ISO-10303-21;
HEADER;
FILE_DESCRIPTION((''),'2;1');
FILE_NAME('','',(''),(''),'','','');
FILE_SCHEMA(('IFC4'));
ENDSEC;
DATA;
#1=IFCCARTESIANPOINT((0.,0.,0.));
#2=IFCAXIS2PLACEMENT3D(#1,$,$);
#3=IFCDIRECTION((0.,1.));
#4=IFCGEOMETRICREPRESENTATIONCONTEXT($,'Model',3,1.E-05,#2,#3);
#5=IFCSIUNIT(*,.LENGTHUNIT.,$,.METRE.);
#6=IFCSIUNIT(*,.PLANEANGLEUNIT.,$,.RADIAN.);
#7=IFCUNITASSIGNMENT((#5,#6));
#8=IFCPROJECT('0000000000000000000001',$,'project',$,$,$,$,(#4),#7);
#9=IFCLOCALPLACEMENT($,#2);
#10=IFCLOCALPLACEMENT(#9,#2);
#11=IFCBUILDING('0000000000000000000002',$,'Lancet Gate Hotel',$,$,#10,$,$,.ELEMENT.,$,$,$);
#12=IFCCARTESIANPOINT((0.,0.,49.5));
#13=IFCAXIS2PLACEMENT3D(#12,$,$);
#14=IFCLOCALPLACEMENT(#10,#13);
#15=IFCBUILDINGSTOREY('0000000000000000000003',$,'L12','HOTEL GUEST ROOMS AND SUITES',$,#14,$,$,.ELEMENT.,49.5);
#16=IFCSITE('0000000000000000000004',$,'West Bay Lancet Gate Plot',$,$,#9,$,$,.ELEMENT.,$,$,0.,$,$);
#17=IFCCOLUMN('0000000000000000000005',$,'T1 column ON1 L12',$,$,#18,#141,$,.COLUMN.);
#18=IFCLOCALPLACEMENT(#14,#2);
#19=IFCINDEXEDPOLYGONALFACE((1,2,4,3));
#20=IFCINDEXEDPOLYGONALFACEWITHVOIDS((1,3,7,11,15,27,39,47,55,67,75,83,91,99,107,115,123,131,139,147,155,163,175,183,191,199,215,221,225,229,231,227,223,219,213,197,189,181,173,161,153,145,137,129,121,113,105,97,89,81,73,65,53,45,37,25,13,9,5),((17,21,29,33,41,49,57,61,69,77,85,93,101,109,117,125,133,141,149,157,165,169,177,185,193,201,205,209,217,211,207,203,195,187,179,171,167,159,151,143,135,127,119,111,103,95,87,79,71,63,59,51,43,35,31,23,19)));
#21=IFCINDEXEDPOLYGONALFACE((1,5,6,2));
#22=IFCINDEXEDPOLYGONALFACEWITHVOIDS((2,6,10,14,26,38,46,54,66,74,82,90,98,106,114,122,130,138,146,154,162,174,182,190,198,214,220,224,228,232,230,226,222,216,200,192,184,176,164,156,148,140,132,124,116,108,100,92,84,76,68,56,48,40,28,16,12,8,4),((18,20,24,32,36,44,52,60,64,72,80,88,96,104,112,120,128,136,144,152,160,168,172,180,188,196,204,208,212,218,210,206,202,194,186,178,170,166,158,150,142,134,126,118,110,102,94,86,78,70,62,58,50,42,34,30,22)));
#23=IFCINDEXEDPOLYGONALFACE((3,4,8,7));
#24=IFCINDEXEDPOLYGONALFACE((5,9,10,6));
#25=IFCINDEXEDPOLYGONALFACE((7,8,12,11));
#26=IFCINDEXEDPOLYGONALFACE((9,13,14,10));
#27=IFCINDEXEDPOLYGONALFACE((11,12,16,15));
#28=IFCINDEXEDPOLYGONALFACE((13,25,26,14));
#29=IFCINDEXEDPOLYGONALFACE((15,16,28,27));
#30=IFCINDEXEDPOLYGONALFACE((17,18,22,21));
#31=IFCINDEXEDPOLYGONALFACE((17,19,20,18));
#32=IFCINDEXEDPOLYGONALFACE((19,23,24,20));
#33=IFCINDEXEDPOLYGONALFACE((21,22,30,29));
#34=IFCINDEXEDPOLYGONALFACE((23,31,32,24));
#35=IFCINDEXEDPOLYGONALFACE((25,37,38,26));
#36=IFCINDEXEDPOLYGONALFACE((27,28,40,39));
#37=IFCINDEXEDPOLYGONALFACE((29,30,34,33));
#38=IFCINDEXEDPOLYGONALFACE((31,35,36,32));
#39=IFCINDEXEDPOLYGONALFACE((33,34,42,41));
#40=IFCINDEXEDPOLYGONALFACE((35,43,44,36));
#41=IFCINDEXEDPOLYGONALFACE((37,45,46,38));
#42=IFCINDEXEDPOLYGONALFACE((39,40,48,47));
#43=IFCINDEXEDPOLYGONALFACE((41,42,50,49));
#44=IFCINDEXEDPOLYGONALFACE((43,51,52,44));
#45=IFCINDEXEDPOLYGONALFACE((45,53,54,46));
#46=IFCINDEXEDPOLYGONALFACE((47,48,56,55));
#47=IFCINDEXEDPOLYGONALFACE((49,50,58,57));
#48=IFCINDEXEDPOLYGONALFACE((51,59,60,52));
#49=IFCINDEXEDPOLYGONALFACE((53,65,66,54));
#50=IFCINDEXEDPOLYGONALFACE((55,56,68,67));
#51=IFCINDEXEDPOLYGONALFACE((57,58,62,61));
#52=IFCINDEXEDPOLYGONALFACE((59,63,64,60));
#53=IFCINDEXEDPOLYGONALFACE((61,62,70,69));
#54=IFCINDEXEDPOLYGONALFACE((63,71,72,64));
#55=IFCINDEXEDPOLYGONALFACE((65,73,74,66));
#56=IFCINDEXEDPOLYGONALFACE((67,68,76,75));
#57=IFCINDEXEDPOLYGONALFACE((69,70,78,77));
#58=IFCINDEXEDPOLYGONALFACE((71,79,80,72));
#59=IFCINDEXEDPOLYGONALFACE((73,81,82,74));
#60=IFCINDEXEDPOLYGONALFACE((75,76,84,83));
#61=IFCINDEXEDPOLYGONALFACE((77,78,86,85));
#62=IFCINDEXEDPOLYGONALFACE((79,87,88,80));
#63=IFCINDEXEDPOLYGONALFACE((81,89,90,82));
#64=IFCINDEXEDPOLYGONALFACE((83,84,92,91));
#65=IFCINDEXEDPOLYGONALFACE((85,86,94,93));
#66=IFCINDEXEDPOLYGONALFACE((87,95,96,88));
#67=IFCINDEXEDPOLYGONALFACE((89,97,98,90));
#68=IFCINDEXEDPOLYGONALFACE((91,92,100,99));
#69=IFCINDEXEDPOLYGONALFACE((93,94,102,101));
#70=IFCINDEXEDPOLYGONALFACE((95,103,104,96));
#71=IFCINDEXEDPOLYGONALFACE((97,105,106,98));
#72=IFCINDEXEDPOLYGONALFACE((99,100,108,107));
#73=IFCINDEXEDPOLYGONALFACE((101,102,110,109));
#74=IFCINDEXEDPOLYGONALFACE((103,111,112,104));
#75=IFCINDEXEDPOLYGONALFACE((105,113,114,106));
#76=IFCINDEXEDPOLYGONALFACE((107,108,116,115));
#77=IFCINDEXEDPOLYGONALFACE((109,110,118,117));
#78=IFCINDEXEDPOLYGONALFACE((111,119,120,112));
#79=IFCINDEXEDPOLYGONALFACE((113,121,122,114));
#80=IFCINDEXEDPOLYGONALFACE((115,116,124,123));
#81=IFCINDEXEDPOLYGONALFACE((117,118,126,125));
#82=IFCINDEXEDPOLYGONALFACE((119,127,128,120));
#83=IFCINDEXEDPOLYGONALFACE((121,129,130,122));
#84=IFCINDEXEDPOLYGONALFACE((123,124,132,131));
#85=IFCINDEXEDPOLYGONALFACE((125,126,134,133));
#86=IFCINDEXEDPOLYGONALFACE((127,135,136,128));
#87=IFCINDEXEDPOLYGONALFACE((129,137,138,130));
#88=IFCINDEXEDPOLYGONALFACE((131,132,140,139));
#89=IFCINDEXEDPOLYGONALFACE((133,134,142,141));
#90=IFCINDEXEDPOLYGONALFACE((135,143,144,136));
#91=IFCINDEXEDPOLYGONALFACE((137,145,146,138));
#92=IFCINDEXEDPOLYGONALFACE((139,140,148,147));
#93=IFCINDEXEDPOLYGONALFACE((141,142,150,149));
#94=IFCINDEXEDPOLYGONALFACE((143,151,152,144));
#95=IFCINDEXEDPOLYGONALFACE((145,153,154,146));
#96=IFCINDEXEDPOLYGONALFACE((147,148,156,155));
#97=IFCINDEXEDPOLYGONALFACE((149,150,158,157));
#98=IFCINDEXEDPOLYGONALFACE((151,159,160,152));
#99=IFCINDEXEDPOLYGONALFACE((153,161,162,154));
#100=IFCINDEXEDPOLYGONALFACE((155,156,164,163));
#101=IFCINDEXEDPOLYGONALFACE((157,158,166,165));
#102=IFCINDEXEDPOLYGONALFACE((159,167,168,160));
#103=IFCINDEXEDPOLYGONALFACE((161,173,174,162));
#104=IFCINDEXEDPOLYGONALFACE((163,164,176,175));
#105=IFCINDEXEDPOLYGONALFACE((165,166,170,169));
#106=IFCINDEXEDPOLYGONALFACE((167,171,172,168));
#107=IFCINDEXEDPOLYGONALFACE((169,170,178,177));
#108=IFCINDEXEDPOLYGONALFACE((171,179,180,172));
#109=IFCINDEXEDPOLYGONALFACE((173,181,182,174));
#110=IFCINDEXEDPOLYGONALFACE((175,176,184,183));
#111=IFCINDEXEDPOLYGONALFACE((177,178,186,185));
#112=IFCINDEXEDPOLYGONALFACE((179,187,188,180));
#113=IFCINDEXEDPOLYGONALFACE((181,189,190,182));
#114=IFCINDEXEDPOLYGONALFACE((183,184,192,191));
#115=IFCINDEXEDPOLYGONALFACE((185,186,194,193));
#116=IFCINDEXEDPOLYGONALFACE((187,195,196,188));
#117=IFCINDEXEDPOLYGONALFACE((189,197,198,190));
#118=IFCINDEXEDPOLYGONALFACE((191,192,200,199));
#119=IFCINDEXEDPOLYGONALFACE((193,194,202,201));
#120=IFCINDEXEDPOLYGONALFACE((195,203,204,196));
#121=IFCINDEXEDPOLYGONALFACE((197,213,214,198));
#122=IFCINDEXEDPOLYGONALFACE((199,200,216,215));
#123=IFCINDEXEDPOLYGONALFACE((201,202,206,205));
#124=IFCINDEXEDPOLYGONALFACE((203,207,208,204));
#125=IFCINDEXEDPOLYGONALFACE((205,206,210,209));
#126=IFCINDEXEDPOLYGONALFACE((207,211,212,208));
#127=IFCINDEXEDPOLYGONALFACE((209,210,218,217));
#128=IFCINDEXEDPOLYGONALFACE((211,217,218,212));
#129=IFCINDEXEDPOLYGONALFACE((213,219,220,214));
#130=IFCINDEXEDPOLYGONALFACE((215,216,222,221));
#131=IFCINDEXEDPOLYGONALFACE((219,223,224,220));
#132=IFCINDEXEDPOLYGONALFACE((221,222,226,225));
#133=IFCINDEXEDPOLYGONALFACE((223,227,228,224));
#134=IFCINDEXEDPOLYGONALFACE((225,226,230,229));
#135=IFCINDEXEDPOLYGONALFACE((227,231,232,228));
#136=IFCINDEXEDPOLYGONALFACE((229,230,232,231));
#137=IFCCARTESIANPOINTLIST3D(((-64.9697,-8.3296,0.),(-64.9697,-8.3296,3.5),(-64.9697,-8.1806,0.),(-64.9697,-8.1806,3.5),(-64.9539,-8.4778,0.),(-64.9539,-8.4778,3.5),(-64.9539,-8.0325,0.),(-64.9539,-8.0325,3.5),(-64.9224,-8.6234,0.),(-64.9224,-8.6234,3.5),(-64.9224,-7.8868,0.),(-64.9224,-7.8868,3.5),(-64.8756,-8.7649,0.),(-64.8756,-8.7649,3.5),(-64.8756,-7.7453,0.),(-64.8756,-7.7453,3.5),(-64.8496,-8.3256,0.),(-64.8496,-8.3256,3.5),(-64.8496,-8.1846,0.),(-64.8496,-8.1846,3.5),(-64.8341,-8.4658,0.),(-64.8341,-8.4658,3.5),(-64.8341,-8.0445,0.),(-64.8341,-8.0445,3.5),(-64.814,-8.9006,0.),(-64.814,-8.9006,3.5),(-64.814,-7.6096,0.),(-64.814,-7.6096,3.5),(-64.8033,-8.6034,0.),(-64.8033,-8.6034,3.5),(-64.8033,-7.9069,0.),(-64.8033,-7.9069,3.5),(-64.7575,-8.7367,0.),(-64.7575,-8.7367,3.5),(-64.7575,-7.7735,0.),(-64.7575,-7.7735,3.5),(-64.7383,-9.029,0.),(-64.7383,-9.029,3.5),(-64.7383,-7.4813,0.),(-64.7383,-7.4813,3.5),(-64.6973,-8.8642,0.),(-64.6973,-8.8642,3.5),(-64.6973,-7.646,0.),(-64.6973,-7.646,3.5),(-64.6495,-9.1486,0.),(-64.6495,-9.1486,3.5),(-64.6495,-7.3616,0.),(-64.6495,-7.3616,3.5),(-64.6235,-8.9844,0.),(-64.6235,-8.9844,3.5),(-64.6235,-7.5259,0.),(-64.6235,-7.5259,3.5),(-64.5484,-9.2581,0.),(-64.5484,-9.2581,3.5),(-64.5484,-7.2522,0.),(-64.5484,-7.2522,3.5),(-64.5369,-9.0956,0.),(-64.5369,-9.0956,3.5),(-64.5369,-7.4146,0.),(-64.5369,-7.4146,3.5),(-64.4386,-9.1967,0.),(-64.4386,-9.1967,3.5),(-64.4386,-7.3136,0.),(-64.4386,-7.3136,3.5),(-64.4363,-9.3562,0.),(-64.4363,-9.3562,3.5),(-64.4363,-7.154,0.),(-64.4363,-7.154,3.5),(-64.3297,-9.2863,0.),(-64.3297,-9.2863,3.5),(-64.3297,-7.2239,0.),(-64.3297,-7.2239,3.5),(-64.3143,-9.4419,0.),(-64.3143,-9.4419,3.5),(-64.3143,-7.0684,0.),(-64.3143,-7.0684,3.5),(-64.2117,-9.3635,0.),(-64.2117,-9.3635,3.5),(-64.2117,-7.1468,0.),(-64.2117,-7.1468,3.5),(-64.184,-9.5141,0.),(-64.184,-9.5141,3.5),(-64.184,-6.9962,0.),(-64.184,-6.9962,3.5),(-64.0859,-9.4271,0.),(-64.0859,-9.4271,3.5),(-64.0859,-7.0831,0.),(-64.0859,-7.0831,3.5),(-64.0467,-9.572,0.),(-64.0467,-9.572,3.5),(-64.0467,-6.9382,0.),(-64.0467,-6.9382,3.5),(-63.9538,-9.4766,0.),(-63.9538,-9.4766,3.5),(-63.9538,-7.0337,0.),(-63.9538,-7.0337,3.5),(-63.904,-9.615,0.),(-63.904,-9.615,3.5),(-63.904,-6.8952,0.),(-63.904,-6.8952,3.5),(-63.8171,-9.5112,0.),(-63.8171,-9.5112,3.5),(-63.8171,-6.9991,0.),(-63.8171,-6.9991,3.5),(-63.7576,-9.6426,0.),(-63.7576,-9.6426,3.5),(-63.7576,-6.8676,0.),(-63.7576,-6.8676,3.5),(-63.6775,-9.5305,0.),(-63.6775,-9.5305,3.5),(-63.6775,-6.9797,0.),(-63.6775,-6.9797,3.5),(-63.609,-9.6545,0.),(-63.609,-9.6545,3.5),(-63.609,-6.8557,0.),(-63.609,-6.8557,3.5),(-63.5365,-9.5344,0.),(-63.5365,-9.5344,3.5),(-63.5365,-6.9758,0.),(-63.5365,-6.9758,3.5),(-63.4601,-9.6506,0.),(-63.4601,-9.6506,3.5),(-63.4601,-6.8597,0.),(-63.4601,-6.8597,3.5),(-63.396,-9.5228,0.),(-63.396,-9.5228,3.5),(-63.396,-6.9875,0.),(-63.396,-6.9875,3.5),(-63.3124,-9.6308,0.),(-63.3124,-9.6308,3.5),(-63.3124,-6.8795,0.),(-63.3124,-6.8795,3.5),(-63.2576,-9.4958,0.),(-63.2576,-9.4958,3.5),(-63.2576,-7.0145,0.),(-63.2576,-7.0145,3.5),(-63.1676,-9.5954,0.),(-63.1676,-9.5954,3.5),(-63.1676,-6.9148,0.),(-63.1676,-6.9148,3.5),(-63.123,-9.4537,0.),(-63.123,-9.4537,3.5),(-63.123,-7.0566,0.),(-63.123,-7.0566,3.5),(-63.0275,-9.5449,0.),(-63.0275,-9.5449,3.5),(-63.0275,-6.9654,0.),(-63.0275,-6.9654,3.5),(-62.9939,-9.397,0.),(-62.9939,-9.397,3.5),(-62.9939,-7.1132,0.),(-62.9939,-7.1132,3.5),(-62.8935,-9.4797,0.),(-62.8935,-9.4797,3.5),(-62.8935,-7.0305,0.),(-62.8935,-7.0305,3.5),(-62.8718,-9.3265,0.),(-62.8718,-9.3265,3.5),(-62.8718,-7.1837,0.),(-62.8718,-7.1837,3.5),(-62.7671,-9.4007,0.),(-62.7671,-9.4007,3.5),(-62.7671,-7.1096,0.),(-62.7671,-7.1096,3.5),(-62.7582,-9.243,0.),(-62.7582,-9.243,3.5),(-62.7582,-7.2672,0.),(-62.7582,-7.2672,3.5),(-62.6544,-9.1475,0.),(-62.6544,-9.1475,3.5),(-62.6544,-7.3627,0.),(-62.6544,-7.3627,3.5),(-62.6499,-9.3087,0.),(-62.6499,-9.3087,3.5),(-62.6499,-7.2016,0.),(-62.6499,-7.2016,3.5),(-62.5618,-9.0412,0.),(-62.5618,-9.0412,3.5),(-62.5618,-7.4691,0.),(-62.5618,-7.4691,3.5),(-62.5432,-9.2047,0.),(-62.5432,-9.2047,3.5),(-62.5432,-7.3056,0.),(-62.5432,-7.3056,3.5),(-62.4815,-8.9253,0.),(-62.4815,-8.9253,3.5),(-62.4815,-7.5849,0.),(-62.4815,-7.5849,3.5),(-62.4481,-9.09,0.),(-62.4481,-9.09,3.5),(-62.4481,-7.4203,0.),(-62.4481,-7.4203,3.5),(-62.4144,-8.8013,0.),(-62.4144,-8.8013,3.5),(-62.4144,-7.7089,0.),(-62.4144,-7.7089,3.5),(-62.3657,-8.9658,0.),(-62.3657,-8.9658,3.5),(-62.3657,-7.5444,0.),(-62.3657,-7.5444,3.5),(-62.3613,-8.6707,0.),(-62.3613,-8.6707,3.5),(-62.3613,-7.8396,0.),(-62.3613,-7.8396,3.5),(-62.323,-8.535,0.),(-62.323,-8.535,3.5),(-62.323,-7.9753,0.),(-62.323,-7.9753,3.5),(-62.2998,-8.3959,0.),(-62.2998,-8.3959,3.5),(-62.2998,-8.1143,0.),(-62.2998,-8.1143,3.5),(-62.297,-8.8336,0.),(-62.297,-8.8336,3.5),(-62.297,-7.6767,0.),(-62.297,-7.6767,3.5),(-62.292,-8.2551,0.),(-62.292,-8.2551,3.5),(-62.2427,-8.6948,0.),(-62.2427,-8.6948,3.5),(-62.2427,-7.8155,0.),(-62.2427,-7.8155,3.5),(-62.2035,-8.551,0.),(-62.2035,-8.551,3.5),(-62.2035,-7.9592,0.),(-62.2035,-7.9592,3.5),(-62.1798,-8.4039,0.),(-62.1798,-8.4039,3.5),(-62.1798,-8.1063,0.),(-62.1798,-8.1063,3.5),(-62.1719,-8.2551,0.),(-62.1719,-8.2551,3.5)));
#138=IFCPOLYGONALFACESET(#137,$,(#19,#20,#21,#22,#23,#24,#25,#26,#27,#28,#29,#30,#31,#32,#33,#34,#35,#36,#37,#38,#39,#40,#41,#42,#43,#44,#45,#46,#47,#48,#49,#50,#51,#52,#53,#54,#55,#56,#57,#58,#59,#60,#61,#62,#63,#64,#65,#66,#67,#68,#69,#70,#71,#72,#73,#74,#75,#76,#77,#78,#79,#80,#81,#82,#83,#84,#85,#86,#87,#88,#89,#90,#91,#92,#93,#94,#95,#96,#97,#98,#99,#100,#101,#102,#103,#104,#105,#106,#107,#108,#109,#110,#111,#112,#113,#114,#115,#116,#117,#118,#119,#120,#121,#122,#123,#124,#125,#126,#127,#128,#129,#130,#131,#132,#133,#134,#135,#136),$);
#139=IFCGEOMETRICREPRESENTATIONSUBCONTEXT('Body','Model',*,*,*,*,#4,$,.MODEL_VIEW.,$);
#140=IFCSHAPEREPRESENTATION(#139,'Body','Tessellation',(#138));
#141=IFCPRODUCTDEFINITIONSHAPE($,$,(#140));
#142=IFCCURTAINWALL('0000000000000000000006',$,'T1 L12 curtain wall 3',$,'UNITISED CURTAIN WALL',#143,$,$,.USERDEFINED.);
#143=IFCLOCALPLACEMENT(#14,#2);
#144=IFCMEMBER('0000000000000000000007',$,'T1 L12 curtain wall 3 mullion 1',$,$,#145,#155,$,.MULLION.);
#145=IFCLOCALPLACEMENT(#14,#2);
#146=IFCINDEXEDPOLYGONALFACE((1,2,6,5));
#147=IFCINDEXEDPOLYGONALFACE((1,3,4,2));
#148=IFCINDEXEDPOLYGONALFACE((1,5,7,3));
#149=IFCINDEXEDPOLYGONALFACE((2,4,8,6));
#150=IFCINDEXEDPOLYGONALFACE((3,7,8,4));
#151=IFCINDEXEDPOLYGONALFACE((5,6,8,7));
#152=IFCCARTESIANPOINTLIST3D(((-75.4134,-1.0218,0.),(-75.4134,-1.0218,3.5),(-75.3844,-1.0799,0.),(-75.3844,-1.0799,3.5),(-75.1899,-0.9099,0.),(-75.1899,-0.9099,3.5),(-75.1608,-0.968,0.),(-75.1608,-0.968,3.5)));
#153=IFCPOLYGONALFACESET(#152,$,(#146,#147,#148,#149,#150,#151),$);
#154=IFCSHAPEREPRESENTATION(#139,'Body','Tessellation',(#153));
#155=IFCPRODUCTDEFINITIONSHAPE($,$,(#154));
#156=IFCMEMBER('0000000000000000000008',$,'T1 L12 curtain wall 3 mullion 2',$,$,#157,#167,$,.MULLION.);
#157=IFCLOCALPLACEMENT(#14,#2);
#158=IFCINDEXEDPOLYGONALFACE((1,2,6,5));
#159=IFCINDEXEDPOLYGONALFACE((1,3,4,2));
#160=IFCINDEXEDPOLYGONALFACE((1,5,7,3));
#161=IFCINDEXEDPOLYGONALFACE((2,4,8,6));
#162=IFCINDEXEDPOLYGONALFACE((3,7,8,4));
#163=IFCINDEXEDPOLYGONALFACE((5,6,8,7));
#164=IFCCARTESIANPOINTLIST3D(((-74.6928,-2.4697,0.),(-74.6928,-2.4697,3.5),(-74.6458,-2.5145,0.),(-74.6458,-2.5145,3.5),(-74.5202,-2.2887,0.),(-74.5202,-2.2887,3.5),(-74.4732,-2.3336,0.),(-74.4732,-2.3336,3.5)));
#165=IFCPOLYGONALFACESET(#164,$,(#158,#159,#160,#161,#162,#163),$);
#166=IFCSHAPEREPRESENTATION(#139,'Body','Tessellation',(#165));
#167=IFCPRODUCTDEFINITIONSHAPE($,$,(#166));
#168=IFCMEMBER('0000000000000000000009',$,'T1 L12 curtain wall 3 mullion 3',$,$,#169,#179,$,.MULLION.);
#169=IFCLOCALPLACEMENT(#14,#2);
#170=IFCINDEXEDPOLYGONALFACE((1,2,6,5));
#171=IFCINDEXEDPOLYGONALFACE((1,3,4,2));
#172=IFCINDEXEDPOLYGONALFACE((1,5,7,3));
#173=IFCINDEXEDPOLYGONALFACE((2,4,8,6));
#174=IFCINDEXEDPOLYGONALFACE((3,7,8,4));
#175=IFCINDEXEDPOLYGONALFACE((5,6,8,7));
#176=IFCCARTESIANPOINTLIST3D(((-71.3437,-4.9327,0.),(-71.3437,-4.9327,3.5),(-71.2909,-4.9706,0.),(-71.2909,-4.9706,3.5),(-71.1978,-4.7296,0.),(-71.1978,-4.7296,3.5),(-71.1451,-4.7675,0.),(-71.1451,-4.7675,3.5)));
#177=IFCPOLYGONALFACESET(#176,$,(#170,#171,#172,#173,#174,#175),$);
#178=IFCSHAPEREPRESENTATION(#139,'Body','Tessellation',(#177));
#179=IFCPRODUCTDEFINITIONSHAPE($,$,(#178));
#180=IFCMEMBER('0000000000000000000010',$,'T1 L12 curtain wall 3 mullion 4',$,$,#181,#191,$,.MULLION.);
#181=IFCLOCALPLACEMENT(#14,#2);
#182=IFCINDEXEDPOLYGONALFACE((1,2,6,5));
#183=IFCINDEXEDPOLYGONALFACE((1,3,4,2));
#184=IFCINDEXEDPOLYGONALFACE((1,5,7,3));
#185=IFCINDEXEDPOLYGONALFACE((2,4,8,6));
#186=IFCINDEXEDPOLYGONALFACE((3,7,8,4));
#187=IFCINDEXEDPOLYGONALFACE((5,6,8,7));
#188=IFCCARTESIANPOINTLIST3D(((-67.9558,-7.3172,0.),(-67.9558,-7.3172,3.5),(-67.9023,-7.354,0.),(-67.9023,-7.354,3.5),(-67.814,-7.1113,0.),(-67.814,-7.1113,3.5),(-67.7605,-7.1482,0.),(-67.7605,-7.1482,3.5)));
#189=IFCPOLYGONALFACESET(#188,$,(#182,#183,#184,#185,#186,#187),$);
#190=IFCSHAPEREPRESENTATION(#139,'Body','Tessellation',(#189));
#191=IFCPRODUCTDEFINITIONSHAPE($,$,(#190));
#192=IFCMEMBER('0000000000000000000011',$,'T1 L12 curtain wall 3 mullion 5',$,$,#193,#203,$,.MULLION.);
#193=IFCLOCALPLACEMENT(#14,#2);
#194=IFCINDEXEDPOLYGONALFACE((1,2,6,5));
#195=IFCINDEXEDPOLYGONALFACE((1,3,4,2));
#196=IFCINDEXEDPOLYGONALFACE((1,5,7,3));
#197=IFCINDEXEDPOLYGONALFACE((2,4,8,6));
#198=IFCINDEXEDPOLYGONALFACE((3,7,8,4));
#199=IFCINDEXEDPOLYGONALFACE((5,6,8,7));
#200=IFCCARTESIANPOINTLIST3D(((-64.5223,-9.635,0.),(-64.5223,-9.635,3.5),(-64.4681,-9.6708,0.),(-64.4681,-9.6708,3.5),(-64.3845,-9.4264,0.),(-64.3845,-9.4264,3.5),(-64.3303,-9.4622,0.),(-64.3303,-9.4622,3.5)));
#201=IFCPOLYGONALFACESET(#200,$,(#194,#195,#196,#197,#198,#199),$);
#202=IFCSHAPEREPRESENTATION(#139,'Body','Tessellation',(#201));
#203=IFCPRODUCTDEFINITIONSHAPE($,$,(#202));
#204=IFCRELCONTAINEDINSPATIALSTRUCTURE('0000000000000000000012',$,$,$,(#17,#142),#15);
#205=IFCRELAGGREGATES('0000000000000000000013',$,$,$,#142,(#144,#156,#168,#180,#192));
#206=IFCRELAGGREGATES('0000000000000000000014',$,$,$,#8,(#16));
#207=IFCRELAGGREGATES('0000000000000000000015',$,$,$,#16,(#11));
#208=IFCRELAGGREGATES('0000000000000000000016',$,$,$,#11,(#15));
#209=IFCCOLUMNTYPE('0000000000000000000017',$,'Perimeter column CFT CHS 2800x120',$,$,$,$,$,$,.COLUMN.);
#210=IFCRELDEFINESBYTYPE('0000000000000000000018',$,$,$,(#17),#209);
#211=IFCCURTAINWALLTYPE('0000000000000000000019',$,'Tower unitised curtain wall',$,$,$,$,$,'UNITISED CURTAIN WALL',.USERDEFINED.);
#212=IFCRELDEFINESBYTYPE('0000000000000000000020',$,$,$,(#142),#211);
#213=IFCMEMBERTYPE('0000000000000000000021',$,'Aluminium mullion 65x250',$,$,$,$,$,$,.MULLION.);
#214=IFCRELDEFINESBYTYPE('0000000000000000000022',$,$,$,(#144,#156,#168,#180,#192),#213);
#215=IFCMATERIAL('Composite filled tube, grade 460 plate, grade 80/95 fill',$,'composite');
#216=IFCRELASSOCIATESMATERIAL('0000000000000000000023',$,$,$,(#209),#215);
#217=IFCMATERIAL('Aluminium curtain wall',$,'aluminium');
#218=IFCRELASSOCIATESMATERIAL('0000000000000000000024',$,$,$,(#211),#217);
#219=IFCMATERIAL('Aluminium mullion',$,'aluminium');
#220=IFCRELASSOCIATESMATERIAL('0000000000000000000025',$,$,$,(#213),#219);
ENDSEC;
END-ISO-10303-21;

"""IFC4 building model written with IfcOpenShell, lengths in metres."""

from ifc_helpers import new_model, si_unit, direction, frame, origin, origin_2d, place, context, subcontext, project, spatial, rectangle, hollow_circle, extrude, material, material_profile, profile_set, type_object, element, aggregate, save


model = new_model("IFC4")

# Units and contexts
model_context = context("Model", 3, precision=1e-05, world=origin(), true_north=direction((0.0, 1.0)))
body_context = subcontext(model_context, "Body", "Model", "MODEL_VIEW")
ifc_project = project(units=[si_unit("LENGTHUNIT", "METRE"), si_unit("PLANEANGLEUNIT", "RADIAN")], contexts=[model_context])

# Site, building, storey
site_placement = place(None, origin())
site = spatial("IfcSite", under=ifc_project, at=site_placement, Name="West Bay Lancet Gate Plot", CompositionType="ELEMENT", RefElevation=0.0)
building_placement = place(site_placement, origin())
building = spatial("IfcBuilding", under=site, at=building_placement, Name="Lancet Gate Hotel", CompositionType="ELEMENT")
storey_placement = place(building_placement, frame((0.0, 0.0, 49.5)))
storey = spatial("IfcBuildingStorey", under=building, at=storey_placement, Name="L12", Description="HOTEL GUEST ROOMS AND SUITES", CompositionType="ELEMENT", Elevation=49.5)

# Column
ifc_material_1 = material(Name="Composite filled tube, grade 460 plate, grade 80/95 fill", Category="composite")
ifc_material_profile_1 = material_profile(ifc_material_1, hollow_circle(Radius=1.3999, WallThickness=0.1201, at=origin_2d()), Name="CHS 2800x120")
ifc_profile_set_1 = profile_set([ifc_material_profile_1], Name="Composite filled tube, grade 460 plate, grade 80/95 fill")
column_type_1 = type_object("IfcColumnType", Name="Perimeter column CFT CHS 2800x120", PredefinedType="COLUMN", material=ifc_profile_set_1)
column_1_placement = place(storey_placement, frame((-63.5718, -8.2551, 0.0), z_axis=(0.0, 0.0, 1.0), x_axis=(1.0, 0.0, 0.0)))
element("IfcColumn", 1, at=column_1_placement, inside=storey, type_object=column_type_1, Name="T1 column ON1 L12", PredefinedType="COLUMN", context=body_context, shape_type="SweptSolid", body=[
    extrude(hollow_circle(Radius=1.3999, WallThickness=0.1201, at=origin_2d()), origin(), (0.0, 0.0, 1.0), 3.5),
])

# Curtain wall, members
ifc_material_2 = material(Name="Aluminium curtain wall", Category="aluminium")
curtain_wall_type = type_object("IfcCurtainWallType", Name="Tower unitised curtain wall", ElementType="UNITISED CURTAIN WALL", PredefinedType="USERDEFINED", material=ifc_material_2)
curtain_wall_placement = place(storey_placement, origin())
curtain_wall = element("IfcCurtainWall", 2, at=curtain_wall_placement, inside=storey, type_object=curtain_wall_type, Name="T1 L12 curtain wall 3", ObjectType="UNITISED CURTAIN WALL", PredefinedType="USERDEFINED")
ifc_material_3 = material(Name="Aluminium mullion", Category="aluminium")
ifc_material_profile_2 = material_profile(ifc_material_3, rectangle(XDim=0.0649, YDim=0.25, at=origin_2d()), Name="MULLION 65x250")
ifc_profile_set_2 = profile_set([ifc_material_profile_2], Name="Aluminium mullion")
member_type_1 = type_object("IfcMemberType", Name="Aluminium mullion 65x250", PredefinedType="MULLION", material=ifc_profile_set_2)
member_1_placement = place(storey_placement, frame((-75.2871, -0.9949, 0.0), z_axis=(0.0, 0.0, 1.0), x_axis=(0.447628, -0.89422, 0.0)))
member_1 = element("IfcMember", 3, at=member_1_placement, type_object=member_type_1, Name="T1 L12 curtain wall 3 mullion 1", PredefinedType="MULLION", context=body_context, shape_type="SweptSolid", body=[
    extrude(rectangle(XDim=0.0649, YDim=0.25, at=origin_2d()), origin(), (0.0, 0.0, 1.0), 3.5),
])
member_2_placement = place(storey_placement, frame((-74.583, -2.4016, 0.0), z_axis=(0.0, 0.0, 1.0), x_axis=(0.723696, -0.690119, 0.0)))
member_2 = element("IfcMember", 4, at=member_2_placement, type_object=member_type_1, Name="T1 L12 curtain wall 3 mullion 2", PredefinedType="MULLION", context=body_context, shape_type="SweptSolid", body=[
    extrude(rectangle(XDim=0.0649, YDim=0.25, at=origin_2d()), origin(), (0.0, 0.0, 1.0), 3.5),
])
member_3_placement = place(storey_placement, frame((-71.2444, -4.8501, 0.0), z_axis=(0.0, 0.0, 1.0), x_axis=(0.812147, -0.583453, 0.0)))
member_3 = element("IfcMember", 5, at=member_3_placement, type_object=member_type_1, Name="T1 L12 curtain wall 3 mullion 3", PredefinedType="MULLION", context=body_context, shape_type="SweptSolid", body=[
    extrude(rectangle(XDim=0.0649, YDim=0.25, at=origin_2d()), origin(), (0.0, 0.0, 1.0), 3.5),
])
member_4_placement = place(storey_placement, frame((-67.8582, -7.2327, 0.0), z_axis=(0.0, 0.0, 1.0), x_axis=(0.823425, -0.567425, 0.0)))
member_4 = element("IfcMember", 6, at=member_4_placement, type_object=member_type_1, Name="T1 L12 curtain wall 3 mullion 4", PredefinedType="MULLION", context=body_context, shape_type="SweptSolid", body=[
    extrude(rectangle(XDim=0.0649, YDim=0.25, at=origin_2d()), origin(), (0.0, 0.0, 1.0), 3.5),
])
member_5_placement = place(storey_placement, frame((-64.4263, -9.5486, 0.0), z_axis=(0.0, 0.0, 1.0), x_axis=(0.834387, -0.551178, 0.0)))
member_5 = element("IfcMember", 7, at=member_5_placement, type_object=member_type_1, Name="T1 L12 curtain wall 3 mullion 5", PredefinedType="MULLION", context=body_context, shape_type="SweptSolid", body=[
    extrude(rectangle(XDim=0.0649, YDim=0.25, at=origin_2d()), origin(), (0.0, 0.0, 1.0), 3.5),
])

aggregate(curtain_wall, [member_1, member_2, member_3, member_4, member_5])

save(model, "model.ifc")
